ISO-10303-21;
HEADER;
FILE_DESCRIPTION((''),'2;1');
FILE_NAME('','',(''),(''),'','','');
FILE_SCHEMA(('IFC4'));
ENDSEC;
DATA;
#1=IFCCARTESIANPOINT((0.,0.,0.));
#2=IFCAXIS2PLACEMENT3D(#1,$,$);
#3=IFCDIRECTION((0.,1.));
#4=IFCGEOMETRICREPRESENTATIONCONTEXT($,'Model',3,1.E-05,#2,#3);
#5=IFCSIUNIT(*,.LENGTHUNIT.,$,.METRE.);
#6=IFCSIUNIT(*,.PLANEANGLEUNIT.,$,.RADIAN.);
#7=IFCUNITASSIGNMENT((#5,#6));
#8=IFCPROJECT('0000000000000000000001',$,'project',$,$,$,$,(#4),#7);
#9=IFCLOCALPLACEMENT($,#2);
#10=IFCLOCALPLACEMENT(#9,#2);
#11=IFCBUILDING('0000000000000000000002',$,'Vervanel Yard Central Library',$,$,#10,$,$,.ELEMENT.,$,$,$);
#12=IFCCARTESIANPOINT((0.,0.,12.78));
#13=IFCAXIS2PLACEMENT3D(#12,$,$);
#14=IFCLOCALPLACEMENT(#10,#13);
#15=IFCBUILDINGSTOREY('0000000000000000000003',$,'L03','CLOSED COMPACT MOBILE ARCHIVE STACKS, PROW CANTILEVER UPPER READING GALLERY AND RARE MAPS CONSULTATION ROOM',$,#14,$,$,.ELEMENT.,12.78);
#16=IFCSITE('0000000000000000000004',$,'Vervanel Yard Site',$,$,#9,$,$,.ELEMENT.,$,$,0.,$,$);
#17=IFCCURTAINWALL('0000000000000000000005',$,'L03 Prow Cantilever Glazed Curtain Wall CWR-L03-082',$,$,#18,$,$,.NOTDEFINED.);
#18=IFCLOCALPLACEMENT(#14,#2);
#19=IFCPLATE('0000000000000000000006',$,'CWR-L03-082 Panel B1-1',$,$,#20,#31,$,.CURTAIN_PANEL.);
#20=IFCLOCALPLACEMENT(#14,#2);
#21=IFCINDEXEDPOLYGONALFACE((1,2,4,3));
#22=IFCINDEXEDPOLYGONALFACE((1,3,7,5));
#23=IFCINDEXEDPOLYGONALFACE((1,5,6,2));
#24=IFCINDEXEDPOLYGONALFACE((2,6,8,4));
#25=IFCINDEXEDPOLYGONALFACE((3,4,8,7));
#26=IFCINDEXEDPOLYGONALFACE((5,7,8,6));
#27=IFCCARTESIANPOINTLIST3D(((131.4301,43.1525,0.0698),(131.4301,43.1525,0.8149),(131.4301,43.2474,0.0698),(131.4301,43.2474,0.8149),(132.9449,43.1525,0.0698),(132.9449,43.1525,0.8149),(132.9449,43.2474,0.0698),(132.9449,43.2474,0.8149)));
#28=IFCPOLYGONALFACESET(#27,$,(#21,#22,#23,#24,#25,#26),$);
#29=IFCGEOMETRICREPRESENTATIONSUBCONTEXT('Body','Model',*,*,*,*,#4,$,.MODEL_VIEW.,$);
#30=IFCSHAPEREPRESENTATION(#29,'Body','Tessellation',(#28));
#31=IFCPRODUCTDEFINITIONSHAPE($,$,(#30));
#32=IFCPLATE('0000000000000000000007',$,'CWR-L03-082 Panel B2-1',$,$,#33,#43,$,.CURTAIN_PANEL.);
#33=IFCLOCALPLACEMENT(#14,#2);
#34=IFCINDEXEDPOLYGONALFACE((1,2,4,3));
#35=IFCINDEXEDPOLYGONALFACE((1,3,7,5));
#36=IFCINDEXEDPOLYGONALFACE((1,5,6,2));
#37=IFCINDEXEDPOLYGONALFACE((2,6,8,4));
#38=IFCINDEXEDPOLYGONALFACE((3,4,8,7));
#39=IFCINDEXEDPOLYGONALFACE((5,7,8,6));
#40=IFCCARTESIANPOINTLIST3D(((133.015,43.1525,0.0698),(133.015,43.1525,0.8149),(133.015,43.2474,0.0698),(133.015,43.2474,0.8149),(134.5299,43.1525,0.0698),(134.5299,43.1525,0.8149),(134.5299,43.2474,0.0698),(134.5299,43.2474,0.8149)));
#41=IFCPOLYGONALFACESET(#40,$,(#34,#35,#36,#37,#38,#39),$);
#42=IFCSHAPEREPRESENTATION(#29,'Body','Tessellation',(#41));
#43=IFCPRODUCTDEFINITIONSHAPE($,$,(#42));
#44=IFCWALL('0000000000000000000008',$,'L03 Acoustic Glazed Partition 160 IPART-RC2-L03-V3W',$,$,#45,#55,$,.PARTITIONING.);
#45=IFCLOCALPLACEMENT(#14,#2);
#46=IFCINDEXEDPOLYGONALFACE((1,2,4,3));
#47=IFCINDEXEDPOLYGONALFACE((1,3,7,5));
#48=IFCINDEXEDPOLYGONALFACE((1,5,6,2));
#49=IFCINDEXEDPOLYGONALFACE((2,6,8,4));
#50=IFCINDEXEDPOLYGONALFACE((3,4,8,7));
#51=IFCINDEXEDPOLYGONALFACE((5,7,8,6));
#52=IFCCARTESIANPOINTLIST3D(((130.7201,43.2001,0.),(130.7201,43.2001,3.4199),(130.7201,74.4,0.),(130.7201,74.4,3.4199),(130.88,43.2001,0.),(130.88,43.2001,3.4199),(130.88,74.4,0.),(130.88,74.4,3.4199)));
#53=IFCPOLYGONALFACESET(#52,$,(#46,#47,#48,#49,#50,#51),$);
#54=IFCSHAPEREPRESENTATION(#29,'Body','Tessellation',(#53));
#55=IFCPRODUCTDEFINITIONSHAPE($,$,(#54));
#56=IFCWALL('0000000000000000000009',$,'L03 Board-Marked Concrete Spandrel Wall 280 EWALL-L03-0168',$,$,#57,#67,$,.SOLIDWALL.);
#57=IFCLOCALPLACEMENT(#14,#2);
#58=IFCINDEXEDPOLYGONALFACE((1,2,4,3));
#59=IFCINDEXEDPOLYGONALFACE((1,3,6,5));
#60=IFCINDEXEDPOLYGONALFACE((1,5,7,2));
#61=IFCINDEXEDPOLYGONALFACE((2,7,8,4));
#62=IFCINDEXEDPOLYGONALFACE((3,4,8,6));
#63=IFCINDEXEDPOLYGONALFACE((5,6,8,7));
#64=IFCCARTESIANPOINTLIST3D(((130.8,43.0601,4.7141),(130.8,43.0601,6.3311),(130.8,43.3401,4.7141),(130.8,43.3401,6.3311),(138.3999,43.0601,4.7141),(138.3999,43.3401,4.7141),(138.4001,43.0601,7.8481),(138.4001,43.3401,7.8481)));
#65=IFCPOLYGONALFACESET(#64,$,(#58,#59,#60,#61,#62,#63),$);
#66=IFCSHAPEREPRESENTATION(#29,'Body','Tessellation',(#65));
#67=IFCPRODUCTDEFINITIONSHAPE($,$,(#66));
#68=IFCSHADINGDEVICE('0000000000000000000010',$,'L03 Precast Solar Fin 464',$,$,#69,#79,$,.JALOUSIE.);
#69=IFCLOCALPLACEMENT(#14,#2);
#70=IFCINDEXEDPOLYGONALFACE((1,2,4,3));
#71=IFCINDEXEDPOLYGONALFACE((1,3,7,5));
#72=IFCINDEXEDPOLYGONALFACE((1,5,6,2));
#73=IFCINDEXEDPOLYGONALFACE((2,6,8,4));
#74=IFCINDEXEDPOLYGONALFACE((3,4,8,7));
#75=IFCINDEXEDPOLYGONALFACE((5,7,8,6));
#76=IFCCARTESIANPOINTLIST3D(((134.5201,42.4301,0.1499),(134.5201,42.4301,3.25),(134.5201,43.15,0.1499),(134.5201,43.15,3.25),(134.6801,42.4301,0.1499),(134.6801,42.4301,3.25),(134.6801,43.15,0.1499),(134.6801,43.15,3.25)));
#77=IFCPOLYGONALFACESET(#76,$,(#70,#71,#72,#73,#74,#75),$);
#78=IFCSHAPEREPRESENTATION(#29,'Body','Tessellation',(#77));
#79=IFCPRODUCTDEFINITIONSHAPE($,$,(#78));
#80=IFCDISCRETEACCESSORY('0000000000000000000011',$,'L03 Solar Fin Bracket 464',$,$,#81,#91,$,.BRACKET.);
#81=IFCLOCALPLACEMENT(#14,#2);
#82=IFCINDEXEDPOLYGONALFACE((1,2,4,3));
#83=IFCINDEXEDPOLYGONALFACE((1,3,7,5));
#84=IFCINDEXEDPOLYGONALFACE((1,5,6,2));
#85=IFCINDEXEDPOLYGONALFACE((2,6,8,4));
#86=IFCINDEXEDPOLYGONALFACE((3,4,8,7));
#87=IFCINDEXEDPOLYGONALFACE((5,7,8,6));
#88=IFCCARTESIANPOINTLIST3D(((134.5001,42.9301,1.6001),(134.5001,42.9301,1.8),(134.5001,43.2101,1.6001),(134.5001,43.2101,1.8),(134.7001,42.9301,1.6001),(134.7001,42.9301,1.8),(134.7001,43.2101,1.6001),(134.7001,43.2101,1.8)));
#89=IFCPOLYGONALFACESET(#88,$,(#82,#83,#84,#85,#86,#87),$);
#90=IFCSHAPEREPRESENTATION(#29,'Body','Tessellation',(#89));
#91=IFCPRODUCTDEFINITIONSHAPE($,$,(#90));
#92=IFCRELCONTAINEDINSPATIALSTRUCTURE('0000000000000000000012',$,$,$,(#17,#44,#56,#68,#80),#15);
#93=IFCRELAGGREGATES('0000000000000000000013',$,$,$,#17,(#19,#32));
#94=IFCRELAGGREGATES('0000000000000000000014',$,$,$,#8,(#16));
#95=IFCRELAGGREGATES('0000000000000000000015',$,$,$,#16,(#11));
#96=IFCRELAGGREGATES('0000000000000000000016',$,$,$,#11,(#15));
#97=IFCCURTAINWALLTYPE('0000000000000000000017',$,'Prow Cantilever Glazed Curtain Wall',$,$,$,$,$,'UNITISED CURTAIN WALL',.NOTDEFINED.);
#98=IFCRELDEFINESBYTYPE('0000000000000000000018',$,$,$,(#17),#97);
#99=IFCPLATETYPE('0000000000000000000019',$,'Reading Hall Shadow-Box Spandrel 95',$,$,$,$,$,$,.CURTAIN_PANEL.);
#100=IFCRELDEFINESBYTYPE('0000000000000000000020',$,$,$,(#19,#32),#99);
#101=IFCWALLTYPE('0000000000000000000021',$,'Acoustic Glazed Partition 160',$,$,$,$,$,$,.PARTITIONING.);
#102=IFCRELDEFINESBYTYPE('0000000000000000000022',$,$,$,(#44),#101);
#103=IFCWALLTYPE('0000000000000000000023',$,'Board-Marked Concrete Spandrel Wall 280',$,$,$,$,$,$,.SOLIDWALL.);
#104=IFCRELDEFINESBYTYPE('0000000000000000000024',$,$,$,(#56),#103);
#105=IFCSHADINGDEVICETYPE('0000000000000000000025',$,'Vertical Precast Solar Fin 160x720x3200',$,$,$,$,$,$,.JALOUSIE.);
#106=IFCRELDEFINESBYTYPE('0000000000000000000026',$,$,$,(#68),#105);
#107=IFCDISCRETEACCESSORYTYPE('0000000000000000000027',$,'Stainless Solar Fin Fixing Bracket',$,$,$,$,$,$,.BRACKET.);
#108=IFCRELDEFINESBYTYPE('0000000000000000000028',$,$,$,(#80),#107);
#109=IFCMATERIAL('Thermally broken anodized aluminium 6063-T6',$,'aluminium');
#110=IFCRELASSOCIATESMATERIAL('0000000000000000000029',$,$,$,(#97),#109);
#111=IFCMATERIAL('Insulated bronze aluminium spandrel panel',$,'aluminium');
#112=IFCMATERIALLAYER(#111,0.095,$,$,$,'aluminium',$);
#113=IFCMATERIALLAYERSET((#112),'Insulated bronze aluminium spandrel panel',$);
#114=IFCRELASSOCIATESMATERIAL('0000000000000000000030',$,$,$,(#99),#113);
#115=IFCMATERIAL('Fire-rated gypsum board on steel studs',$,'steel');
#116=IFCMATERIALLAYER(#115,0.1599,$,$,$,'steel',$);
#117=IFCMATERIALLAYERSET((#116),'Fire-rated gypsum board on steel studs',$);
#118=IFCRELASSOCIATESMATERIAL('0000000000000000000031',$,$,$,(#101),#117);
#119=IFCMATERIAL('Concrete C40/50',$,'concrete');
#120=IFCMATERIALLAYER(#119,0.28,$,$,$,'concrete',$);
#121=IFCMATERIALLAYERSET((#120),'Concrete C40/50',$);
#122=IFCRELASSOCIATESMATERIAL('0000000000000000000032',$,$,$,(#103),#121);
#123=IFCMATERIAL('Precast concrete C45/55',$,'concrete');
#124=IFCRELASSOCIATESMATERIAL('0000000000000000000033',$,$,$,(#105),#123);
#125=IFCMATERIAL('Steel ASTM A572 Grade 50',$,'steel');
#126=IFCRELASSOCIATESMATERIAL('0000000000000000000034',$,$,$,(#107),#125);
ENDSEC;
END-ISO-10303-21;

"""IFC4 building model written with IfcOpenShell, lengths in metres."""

from ifc_helpers import new_model, si_unit, direction, frame, frame_2d, origin, origin_2d, place, context, subcontext, project, spatial, polyline, rectangle, outline, extrude, material, layer, layer_set, type_object, element, aggregate, save


model = new_model("IFC4")

# Units and contexts
model_context = context("Model", 3, precision=1e-05, world=origin(), true_north=direction((0.0, 1.0)))
body_context = subcontext(model_context, "Body", "Model", "MODEL_VIEW")
ifc_project = project(units=[si_unit("LENGTHUNIT", "METRE"), si_unit("PLANEANGLEUNIT", "RADIAN")], contexts=[model_context])

# Site, building, storey
site_placement = place(None, origin())
site = spatial("IfcSite", under=ifc_project, at=site_placement, Name="Vervanel Yard Site", CompositionType="ELEMENT", RefElevation=0.0)
building_placement = place(site_placement, origin())
building = spatial("IfcBuilding", under=site, at=building_placement, Name="Vervanel Yard Central Library", CompositionType="ELEMENT")
storey_placement = place(building_placement, frame((0.0, 0.0, 12.78)))
storey = spatial("IfcBuildingStorey", under=building, at=storey_placement, Name="L03", Description="CLOSED COMPACT MOBILE ARCHIVE STACKS, PROW CANTILEVER UPPER READING GALLERY AND RARE MAPS CONSULTATION ROOM", CompositionType="ELEMENT", Elevation=12.78)

# Shared definitions
ifc_material_1 = material(Name="Thermally broken anodized aluminium 6063-T6", Category="aluminium")
curtain_wall_type = type_object("IfcCurtainWallType", Name="Prow Cantilever Glazed Curtain Wall", ElementType="UNITISED CURTAIN WALL", PredefinedType="NOTDEFINED", material=ifc_material_1)

# Curtain wall
curtain_wall_1_placement = place(storey_placement, origin())
curtain_wall_1 = element("IfcCurtainWall", 1, at=curtain_wall_1_placement, inside=storey, type_object=curtain_wall_type, Name="L03 Prow Cantilever Glazed Curtain Wall CWR-L03-082", PredefinedType="NOTDEFINED")

# Shared definitions
ifc_material_2 = material(Name="Steel ASTM A572 Grade 50", Category="steel")

# Plates
ifc_material_3 = material(Name="Insulated bronze aluminium spandrel panel", Category="aluminium")
ifc_layer_1 = layer(ifc_material_3, 0.095, Category="aluminium")
ifc_layer_set_1 = layer_set([ifc_layer_1], Name="Insulated bronze aluminium spandrel panel")
plate_type_1 = type_object("IfcPlateType", Name="Reading Hall Shadow-Box Spandrel 95", PredefinedType="CURTAIN_PANEL", material=ifc_layer_set_1)
plate_1_placement = place(storey_placement, frame((132.1875, 43.2, 0.0698), z_axis=(0.0, 0.0, 1.0), x_axis=(1.0, 0.0, 0.0)))
plate_1 = element("IfcPlate", 2, at=plate_1_placement, type_object=plate_type_1, Name="CWR-L03-082 Panel B1-1", PredefinedType="CURTAIN_PANEL", context=body_context, shape_type="SweptSolid", body=[
    extrude(rectangle(XDim=1.5149, YDim=0.095, at=origin_2d()), origin(), (0.0, 0.0, 1.0), 0.7451),
])
plate_2_placement = place(storey_placement, frame((133.7725, 43.2, 0.0698), z_axis=(0.0, 0.0, 1.0), x_axis=(1.0, 0.0, 0.0)))
plate_2 = element("IfcPlate", 3, at=plate_2_placement, type_object=plate_type_1, Name="CWR-L03-082 Panel B2-1", PredefinedType="CURTAIN_PANEL", context=body_context, shape_type="SweptSolid", body=[
    extrude(rectangle(XDim=1.5149, YDim=0.095, at=origin_2d()), origin(), (0.0, 0.0, 1.0), 0.7451),
])
aggregate(curtain_wall_1, [plate_1, plate_2])

# Walls
ifc_material_4 = material(Name="Fire-rated gypsum board on steel studs", Category="steel")
ifc_layer_2 = layer(ifc_material_4, 0.1599, Category="steel")
ifc_layer_set_2 = layer_set([ifc_layer_2], Name="Fire-rated gypsum board on steel studs")
wall_type_1 = type_object("IfcWallType", Name="Acoustic Glazed Partition 160", PredefinedType="PARTITIONING", material=ifc_layer_set_2)
wall_1_placement = place(storey_placement, frame((130.8, 43.2, 0.0), z_axis=(0.0, 0.0, 1.0), x_axis=(0.0, 1.0, 0.0)))
element("IfcWall", 4, at=wall_1_placement, inside=storey, type_object=wall_type_1, Name="L03 Acoustic Glazed Partition 160 IPART-RC2-L03-V3W", PredefinedType="PARTITIONING", context=body_context, shape_type="SweptSolid", body=[
    extrude(rectangle(XDim=31.2, YDim=0.1599, at=frame_2d((15.6001, 0.0))), origin(), (0.0, 0.0, 1.0), 3.4199),
])
ifc_material_5 = material(Name="Concrete C40/50", Category="concrete")
ifc_layer_3 = layer(ifc_material_5, 0.28, Category="concrete")
ifc_layer_set_3 = layer_set([ifc_layer_3], Name="Concrete C40/50")
wall_type_2 = type_object("IfcWallType", Name="Board-Marked Concrete Spandrel Wall 280", PredefinedType="SOLIDWALL", material=ifc_layer_set_3)
wall_2_placement = place(storey_placement, frame((130.8, 43.2, 4.7141), z_axis=(0.0, 0.0, 1.0), x_axis=(1.0, 0.0, 0.0)))
element("IfcWall", 5, at=wall_2_placement, inside=storey, type_object=wall_type_2, Name="L03 Board-Marked Concrete Spandrel Wall 280 EWALL-L03-0168", PredefinedType="SOLIDWALL", context=body_context, shape_type="SweptSolid", body=[
    extrude(outline(polyline([(0.0, 0.0), (7.5999, 0.0), (7.6001, 3.134), (0.0, 1.6169), (0.0, 0.0)])), frame((0.0, 0.1401, 0.0), z_axis=(0.0, -1.0, 0.0), x_axis=(1.0, 0.0, 0.0)), (0.0, 0.0, 1.0), 0.28),
])

# Shading device
ifc_material_6 = material(Name="Precast concrete C45/55", Category="concrete")
shading_device_type = type_object("IfcShadingDeviceType", Name="Vertical Precast Solar Fin 160x720x3200", PredefinedType="JALOUSIE", material=ifc_material_6)
shading_device_placement = place(storey_placement, frame((134.6001, 42.79, 0.1499), z_axis=(0.0, 0.0, 1.0), x_axis=(1.0, 0.0, 0.0)))
element("IfcShadingDevice", 6, at=shading_device_placement, inside=storey, type_object=shading_device_type, Name="L03 Precast Solar Fin 464", PredefinedType="JALOUSIE", context=body_context, shape_type="SweptSolid", body=[
    extrude(rectangle(XDim=0.1599, YDim=0.72, at=origin_2d()), origin(), (0.0, 0.0, 1.0), 3.1001),
])

# Discrete accessory
discrete_accessory_type = type_object("IfcDiscreteAccessoryType", Name="Stainless Solar Fin Fixing Bracket", PredefinedType="BRACKET", material=ifc_material_2)
discrete_accessory_placement = place(storey_placement, frame((134.6001, 43.0701, 1.6001), z_axis=(0.0, 0.0, 1.0), x_axis=(1.0, 0.0, 0.0)))
element("IfcDiscreteAccessory", 7, at=discrete_accessory_placement, inside=storey, type_object=discrete_accessory_type, Name="L03 Solar Fin Bracket 464", PredefinedType="BRACKET", context=body_context, shape_type="SweptSolid", body=[
    extrude(rectangle(XDim=0.2, YDim=0.28, at=origin_2d()), origin(), (0.0, 0.0, 1.0), 0.2),
])

save(model, "model.ifc")
